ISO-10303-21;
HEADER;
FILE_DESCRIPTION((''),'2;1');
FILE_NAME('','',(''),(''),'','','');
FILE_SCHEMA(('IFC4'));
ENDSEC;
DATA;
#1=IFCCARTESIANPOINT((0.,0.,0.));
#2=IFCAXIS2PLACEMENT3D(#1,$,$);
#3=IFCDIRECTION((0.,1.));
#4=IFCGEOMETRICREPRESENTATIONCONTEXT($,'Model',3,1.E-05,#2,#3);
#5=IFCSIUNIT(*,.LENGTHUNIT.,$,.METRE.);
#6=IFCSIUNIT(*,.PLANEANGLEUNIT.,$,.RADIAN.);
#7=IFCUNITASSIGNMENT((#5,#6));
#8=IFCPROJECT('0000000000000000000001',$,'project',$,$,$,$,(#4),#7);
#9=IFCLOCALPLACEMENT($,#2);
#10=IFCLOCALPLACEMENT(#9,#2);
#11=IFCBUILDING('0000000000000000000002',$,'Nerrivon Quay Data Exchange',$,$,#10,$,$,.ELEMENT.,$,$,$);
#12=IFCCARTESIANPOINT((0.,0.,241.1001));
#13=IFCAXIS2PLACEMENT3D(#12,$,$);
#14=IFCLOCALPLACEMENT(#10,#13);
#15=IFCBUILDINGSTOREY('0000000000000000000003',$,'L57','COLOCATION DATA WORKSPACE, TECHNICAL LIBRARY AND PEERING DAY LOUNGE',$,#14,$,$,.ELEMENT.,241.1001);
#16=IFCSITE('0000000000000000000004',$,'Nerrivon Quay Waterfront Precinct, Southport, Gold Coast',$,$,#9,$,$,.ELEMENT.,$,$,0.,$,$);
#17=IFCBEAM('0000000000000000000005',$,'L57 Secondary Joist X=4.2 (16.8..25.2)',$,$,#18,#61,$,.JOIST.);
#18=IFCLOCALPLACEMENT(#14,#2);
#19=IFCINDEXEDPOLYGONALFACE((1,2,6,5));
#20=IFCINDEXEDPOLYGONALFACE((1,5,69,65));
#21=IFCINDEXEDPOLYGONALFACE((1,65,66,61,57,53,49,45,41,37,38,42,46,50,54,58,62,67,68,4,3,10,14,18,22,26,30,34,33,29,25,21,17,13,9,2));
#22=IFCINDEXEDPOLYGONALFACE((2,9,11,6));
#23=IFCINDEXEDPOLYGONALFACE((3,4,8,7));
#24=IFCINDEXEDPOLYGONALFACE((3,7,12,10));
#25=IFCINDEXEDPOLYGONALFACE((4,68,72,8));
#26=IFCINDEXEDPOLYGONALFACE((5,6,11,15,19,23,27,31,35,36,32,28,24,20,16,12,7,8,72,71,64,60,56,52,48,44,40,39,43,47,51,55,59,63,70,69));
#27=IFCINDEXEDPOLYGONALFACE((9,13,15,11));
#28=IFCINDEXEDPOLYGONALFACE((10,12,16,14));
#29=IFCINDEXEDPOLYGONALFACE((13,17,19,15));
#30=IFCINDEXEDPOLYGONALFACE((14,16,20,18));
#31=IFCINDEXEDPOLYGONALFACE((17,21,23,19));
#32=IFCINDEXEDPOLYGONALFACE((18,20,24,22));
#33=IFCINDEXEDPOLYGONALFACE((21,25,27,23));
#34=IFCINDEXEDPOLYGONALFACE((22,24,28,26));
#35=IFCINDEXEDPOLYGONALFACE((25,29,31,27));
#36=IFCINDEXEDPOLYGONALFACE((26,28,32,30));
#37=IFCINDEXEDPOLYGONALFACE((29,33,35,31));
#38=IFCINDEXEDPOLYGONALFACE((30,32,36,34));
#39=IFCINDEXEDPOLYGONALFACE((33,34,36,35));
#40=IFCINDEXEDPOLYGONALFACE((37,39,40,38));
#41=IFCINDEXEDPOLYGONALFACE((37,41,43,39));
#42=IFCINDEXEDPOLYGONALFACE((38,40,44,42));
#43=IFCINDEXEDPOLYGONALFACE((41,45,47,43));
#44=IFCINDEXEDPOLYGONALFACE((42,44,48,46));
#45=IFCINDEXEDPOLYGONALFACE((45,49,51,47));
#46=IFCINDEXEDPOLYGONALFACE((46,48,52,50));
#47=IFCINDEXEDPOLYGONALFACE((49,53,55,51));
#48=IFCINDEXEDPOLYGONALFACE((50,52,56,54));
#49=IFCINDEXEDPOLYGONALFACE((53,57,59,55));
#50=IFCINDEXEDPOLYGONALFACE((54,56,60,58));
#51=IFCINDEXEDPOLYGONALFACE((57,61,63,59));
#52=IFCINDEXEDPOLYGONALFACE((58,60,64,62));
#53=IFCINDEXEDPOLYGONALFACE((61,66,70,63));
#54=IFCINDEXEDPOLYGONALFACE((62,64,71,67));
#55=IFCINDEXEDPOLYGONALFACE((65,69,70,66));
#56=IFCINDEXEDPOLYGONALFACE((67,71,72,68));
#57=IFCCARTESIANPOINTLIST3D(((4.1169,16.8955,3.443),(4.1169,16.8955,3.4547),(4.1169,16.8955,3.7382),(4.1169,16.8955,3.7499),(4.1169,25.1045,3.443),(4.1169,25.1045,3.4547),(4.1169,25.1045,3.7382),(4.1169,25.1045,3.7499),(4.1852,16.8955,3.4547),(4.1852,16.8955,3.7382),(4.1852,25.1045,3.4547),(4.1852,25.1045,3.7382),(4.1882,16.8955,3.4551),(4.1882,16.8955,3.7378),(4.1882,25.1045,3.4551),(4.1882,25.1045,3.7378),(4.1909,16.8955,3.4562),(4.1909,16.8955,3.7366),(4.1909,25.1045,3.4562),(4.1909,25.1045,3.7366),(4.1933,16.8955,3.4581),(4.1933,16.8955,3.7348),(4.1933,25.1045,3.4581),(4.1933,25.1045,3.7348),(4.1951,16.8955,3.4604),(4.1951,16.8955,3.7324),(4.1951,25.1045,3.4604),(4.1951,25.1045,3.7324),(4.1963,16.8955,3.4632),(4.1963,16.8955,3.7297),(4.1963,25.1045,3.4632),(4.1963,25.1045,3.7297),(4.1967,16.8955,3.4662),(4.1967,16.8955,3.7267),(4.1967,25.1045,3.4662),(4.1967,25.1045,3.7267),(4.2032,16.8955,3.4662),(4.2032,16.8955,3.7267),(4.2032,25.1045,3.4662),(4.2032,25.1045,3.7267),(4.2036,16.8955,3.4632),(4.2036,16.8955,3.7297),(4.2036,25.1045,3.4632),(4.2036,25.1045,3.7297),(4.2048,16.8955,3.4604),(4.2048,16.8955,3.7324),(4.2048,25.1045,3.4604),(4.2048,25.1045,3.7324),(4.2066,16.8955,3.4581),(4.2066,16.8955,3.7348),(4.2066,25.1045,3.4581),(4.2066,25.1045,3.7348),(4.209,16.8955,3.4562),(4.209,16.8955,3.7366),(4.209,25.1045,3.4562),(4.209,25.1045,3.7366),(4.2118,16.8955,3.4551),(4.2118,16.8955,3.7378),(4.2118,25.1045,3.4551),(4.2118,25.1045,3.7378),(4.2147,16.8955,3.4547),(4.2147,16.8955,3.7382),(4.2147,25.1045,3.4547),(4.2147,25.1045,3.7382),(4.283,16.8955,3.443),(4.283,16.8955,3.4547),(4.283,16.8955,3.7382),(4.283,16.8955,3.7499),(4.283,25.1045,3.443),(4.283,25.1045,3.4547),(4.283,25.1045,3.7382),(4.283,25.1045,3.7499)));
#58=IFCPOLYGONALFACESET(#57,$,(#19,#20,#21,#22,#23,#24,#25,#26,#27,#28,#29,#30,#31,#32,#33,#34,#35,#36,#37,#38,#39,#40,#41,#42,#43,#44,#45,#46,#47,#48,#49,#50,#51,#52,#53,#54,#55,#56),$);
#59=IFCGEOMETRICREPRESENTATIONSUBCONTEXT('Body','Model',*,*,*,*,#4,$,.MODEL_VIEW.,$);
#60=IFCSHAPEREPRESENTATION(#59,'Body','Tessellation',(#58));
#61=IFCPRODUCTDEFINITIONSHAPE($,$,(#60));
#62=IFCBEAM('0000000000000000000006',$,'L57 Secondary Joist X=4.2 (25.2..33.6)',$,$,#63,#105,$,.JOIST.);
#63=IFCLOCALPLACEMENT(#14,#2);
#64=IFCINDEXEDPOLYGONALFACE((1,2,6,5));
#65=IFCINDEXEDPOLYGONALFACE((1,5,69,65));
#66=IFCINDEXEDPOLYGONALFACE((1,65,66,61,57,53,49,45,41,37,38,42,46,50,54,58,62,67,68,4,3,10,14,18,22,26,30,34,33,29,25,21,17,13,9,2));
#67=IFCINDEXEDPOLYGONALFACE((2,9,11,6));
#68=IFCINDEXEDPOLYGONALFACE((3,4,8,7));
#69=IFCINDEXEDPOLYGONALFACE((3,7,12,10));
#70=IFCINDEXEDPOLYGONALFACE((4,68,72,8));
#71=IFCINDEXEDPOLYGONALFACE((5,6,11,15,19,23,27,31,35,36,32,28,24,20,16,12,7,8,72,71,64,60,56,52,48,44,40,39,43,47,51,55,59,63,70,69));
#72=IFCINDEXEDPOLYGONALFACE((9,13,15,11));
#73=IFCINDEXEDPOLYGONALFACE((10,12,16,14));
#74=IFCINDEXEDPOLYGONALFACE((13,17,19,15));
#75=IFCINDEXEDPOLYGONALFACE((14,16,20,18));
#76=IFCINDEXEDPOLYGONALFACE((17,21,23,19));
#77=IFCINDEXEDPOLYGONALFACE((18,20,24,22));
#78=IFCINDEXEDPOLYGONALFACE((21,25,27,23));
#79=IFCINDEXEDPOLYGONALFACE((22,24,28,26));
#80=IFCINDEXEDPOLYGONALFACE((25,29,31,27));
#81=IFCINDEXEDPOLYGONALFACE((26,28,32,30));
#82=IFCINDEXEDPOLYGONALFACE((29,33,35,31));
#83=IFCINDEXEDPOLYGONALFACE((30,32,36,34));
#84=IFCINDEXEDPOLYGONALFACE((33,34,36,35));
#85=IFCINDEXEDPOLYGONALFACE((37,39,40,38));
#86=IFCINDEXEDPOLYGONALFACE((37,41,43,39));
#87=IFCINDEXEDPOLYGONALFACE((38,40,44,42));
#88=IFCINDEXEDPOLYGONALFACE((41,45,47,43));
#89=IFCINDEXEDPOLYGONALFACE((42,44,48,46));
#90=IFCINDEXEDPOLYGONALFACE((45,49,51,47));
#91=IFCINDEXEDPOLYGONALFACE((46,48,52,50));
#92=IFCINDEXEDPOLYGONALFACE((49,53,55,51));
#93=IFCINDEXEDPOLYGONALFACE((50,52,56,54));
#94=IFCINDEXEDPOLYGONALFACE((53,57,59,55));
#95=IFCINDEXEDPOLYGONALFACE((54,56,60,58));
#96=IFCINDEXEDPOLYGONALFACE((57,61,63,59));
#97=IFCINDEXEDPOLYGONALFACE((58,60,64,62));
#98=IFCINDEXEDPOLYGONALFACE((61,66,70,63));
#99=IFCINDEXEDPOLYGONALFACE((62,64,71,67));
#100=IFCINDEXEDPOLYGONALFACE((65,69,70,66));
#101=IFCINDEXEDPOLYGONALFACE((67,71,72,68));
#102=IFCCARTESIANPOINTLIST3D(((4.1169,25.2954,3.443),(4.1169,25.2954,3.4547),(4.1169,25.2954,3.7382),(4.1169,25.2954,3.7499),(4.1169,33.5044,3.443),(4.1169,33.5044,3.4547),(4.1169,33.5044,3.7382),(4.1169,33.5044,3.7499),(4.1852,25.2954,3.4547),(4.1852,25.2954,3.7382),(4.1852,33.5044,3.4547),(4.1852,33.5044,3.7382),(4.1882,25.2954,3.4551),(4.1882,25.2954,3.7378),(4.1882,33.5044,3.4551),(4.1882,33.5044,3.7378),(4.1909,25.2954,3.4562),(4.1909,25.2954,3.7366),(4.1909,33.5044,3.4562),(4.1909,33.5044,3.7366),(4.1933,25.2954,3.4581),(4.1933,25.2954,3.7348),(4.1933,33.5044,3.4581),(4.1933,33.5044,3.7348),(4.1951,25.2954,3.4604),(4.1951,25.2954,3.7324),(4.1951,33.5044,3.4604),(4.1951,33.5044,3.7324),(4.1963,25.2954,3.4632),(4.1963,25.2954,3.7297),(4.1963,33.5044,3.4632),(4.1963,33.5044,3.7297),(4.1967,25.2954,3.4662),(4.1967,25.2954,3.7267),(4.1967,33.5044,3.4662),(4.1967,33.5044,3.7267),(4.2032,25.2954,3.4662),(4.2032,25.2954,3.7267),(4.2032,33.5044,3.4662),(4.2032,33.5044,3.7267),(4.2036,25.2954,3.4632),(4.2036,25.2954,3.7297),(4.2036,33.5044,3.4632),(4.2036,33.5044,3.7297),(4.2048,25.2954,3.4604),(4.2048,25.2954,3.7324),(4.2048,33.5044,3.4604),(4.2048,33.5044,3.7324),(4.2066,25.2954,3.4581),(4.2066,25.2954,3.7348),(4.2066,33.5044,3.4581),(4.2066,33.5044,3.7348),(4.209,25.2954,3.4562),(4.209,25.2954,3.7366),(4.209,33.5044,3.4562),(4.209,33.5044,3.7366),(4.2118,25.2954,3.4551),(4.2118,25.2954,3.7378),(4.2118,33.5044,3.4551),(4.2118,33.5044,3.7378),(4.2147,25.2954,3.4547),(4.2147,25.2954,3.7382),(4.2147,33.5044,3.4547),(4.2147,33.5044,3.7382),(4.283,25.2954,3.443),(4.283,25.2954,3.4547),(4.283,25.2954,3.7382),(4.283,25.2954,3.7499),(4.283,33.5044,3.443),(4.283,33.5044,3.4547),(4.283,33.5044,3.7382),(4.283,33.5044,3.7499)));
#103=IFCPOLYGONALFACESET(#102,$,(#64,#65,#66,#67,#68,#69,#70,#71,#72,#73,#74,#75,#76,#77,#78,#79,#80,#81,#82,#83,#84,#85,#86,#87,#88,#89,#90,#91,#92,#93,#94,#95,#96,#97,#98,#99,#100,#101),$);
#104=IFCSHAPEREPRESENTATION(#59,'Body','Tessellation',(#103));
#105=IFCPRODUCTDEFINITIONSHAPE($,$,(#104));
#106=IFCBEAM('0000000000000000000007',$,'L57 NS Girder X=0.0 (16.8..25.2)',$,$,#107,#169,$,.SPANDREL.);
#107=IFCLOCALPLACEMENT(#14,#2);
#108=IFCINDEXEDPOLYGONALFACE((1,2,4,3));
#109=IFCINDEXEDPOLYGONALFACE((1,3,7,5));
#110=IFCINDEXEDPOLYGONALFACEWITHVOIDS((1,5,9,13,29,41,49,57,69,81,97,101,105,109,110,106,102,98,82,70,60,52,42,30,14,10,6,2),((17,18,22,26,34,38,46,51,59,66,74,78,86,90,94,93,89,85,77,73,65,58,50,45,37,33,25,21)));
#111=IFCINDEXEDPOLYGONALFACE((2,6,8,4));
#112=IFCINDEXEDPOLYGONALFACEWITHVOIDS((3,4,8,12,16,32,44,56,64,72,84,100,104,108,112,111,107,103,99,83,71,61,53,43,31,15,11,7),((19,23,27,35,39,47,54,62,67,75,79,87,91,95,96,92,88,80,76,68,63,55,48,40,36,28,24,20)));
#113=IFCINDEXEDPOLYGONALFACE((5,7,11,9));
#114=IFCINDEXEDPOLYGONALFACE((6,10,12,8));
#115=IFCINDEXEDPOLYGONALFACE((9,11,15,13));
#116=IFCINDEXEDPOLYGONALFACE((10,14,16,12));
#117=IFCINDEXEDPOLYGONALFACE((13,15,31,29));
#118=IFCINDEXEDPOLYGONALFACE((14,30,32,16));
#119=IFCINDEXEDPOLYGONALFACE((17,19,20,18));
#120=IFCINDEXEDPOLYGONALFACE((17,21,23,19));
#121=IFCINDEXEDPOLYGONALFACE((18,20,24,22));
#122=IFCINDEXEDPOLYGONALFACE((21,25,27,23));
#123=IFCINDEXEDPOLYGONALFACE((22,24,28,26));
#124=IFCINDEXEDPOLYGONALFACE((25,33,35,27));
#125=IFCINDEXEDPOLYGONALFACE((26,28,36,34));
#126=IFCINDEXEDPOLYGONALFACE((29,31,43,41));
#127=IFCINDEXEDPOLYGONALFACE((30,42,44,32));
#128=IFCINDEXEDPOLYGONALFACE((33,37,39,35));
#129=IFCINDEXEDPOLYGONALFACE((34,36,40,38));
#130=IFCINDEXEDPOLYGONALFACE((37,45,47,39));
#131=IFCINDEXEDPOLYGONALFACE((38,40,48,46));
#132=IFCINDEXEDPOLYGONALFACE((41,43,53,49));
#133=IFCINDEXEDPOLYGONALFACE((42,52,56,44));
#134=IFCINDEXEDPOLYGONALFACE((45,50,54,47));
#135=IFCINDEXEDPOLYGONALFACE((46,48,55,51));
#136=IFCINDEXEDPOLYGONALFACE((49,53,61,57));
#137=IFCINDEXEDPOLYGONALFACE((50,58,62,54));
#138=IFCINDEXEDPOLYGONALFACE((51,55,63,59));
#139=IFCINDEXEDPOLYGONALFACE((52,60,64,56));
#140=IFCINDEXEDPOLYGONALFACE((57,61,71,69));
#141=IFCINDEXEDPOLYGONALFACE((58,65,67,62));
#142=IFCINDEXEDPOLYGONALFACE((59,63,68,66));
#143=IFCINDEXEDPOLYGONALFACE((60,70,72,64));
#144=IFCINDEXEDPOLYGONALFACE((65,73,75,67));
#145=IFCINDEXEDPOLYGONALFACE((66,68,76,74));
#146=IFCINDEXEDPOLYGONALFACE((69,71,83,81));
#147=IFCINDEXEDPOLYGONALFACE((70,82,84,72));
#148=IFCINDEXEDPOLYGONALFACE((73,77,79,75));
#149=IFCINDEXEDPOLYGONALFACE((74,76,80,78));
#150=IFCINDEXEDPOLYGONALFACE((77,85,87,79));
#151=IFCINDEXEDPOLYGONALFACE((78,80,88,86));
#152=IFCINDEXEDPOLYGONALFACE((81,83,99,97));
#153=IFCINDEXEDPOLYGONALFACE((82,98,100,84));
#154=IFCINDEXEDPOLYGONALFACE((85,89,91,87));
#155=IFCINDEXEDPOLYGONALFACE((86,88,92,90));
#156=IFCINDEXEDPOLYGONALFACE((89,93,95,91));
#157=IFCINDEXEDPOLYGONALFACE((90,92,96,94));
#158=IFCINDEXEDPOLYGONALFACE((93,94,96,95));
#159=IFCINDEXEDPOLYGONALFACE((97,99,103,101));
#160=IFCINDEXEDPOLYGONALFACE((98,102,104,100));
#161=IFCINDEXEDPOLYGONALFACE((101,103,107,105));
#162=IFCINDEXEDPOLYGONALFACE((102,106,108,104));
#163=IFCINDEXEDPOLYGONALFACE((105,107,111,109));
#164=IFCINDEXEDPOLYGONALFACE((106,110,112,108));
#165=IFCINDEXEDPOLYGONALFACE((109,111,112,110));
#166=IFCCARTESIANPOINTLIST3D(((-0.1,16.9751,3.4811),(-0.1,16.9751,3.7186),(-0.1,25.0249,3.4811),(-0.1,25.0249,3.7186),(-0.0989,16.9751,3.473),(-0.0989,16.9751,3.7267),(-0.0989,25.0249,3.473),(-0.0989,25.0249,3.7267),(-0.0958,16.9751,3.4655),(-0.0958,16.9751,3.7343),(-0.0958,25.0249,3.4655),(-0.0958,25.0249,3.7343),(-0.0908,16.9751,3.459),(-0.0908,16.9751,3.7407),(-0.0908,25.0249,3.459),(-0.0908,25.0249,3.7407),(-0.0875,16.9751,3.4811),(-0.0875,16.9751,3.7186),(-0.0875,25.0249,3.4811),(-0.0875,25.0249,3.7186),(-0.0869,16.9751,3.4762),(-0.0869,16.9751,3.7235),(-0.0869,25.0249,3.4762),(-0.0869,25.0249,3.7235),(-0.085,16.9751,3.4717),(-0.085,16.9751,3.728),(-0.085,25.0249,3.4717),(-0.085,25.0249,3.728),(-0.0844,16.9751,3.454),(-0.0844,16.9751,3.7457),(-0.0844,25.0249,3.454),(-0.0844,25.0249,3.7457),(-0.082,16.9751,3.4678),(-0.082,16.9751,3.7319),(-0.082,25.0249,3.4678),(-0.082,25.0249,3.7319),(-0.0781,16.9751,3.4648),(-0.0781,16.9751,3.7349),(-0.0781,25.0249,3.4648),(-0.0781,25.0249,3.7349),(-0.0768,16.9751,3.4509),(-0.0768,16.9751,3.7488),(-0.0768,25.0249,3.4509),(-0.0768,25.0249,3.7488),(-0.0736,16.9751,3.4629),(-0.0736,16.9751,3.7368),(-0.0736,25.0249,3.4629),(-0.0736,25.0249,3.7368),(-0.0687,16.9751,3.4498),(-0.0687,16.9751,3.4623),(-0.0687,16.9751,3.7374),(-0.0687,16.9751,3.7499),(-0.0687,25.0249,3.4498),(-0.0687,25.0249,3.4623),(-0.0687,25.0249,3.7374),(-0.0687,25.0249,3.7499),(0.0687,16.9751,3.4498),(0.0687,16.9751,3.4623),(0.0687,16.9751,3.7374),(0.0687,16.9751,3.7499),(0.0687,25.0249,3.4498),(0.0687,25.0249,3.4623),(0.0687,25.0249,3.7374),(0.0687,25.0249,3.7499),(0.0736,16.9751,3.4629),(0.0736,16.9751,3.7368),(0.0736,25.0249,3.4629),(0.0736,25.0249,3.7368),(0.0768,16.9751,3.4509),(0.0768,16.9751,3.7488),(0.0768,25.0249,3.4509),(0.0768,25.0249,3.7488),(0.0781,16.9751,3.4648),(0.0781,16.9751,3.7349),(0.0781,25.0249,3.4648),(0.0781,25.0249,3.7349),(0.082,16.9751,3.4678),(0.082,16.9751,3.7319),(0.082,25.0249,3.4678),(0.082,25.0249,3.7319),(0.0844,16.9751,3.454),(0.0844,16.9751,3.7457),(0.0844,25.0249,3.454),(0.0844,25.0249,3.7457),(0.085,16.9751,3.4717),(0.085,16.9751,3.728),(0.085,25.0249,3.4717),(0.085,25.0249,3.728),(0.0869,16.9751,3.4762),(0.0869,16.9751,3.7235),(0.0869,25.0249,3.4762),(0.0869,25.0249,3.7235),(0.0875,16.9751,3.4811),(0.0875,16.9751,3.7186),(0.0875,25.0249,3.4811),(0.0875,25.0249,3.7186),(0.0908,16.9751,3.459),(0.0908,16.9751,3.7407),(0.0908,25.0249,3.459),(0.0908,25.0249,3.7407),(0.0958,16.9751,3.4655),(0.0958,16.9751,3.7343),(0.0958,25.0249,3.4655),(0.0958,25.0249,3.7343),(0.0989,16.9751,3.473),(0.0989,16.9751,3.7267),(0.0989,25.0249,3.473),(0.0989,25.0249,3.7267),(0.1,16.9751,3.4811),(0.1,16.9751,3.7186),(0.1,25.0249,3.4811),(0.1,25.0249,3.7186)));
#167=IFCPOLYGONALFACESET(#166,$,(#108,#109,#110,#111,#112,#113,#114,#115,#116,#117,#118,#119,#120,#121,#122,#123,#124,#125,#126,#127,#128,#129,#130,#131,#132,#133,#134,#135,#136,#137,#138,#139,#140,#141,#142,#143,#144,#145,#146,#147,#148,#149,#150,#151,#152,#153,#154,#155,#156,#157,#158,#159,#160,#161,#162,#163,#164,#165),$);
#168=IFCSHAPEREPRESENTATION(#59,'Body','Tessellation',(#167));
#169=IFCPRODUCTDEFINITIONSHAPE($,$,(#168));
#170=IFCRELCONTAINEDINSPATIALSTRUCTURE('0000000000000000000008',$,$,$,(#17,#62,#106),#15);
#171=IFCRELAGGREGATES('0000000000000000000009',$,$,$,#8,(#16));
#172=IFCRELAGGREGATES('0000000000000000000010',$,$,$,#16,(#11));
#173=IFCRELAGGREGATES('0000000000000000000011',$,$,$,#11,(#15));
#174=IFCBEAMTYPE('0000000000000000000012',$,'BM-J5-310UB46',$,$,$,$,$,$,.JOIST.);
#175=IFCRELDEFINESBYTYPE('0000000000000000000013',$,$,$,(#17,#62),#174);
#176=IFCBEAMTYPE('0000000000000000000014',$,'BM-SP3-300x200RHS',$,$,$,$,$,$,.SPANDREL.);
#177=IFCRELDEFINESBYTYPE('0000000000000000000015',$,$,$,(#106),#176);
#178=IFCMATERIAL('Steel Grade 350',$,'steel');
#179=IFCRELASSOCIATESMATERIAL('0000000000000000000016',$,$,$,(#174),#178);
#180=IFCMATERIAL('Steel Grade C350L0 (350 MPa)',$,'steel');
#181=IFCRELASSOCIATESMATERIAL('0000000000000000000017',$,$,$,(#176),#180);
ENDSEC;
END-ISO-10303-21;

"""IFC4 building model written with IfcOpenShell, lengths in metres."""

from ifc_helpers import new_model, si_unit, direction, frame, origin, origin_2d, place, context, subcontext, project, spatial, hollow_rectangle, i_section, extrude, material, material_profile, profile_set, type_object, element, save


model = new_model("IFC4")

# Units and contexts
model_context = context("Model", 3, precision=1e-05, world=origin(), true_north=direction((0.0, 1.0)))
body_context = subcontext(model_context, "Body", "Model", "MODEL_VIEW")
ifc_project = project(units=[si_unit("LENGTHUNIT", "METRE"), si_unit("PLANEANGLEUNIT", "RADIAN")], contexts=[model_context])

# Site, building, storey
site_placement = place(None, origin())
site = spatial("IfcSite", under=ifc_project, at=site_placement, Name="Nerrivon Quay Waterfront Precinct, Southport, Gold Coast", CompositionType="ELEMENT", RefElevation=0.0)
building_placement = place(site_placement, origin())
building = spatial("IfcBuilding", under=site, at=building_placement, Name="Nerrivon Quay Data Exchange", CompositionType="ELEMENT")
storey_placement = place(building_placement, frame((0.0, 0.0, 241.1001)))
storey = spatial("IfcBuildingStorey", under=building, at=storey_placement, Name="L57", Description="COLOCATION DATA WORKSPACE, TECHNICAL LIBRARY AND PEERING DAY LOUNGE", CompositionType="ELEMENT", Elevation=241.1001)

# Shared definitions
ifc_material_1 = material(Name="Steel Grade 350", Category="steel")

# Beams
ifc_material_profile_1 = material_profile(ifc_material_1, i_section(OverallWidth=0.166, OverallDepth=0.3069, WebThickness=0.0066, FlangeThickness=0.0117, FilletRadius=0.0115, at=origin_2d()), Name="310UB46.2")
ifc_profile_set_1 = profile_set([ifc_material_profile_1], Name="Steel Grade 350")
beam_type_1 = type_object("IfcBeamType", Name="BM-J5-310UB46", PredefinedType="JOIST", material=ifc_profile_set_1)
for number, where, z_axis, x_axis, name in (
    (1, (4.2, 16.8955, 3.5964), (0.0, 1.0, 0.0), (-1.0, 0.0, 0.0), "L57 Secondary Joist X=4.2 (16.8..25.2)"),
    (2, (4.2, 25.2954, 3.5964), (0.0, 1.0, 0.0), (-1.0, 0.0, 0.0), "L57 Secondary Joist X=4.2 (25.2..33.6)"),
):
    element("IfcBeam", number, at=place(storey_placement, frame(where, z_axis=z_axis, x_axis=x_axis)), inside=storey, type_object=beam_type_1, Name=name, PredefinedType="JOIST", context=body_context, shape_type="SweptSolid", body=[
        extrude(i_section(OverallWidth=0.166, OverallDepth=0.3069, WebThickness=0.0066, FlangeThickness=0.0117, FilletRadius=0.0115, at=origin_2d()), origin(), (0.0, 0.0, 1.0), 8.209),
    ])
ifc_material_2 = material(Name="Steel Grade C350L0 (350 MPa)", Category="steel")
ifc_material_profile_2 = material_profile(ifc_material_2, hollow_rectangle(XDim=0.2, YDim=0.3, WallThickness=0.0125, InnerFilletRadius=0.0188, OuterFilletRadius=0.0312, at=origin_2d()), Name="300x200x12.5RHS")
ifc_profile_set_2 = profile_set([ifc_material_profile_2], Name="Steel Grade C350L0 (350 MPa)")
beam_type_2 = type_object("IfcBeamType", Name="BM-SP3-300x200RHS", PredefinedType="SPANDREL", material=ifc_profile_set_2)
beam_1_placement = place(storey_placement, frame((0.0, 16.9751, 3.5999), z_axis=(0.0, 1.0, 0.0), x_axis=(-1.0, 0.0, 0.0)))
element("IfcBeam", 3, at=beam_1_placement, inside=storey, type_object=beam_type_2, Name="L57 NS Girder X=0.0 (16.8..25.2)", PredefinedType="SPANDREL", context=body_context, shape_type="SweptSolid", body=[
    extrude(hollow_rectangle(XDim=0.2, YDim=0.3, WallThickness=0.0125, InnerFilletRadius=0.0188, OuterFilletRadius=0.0312, at=origin_2d()), origin(), (0.0, 0.0, 1.0), 8.0498),
])

save(model, "model.ifc")
